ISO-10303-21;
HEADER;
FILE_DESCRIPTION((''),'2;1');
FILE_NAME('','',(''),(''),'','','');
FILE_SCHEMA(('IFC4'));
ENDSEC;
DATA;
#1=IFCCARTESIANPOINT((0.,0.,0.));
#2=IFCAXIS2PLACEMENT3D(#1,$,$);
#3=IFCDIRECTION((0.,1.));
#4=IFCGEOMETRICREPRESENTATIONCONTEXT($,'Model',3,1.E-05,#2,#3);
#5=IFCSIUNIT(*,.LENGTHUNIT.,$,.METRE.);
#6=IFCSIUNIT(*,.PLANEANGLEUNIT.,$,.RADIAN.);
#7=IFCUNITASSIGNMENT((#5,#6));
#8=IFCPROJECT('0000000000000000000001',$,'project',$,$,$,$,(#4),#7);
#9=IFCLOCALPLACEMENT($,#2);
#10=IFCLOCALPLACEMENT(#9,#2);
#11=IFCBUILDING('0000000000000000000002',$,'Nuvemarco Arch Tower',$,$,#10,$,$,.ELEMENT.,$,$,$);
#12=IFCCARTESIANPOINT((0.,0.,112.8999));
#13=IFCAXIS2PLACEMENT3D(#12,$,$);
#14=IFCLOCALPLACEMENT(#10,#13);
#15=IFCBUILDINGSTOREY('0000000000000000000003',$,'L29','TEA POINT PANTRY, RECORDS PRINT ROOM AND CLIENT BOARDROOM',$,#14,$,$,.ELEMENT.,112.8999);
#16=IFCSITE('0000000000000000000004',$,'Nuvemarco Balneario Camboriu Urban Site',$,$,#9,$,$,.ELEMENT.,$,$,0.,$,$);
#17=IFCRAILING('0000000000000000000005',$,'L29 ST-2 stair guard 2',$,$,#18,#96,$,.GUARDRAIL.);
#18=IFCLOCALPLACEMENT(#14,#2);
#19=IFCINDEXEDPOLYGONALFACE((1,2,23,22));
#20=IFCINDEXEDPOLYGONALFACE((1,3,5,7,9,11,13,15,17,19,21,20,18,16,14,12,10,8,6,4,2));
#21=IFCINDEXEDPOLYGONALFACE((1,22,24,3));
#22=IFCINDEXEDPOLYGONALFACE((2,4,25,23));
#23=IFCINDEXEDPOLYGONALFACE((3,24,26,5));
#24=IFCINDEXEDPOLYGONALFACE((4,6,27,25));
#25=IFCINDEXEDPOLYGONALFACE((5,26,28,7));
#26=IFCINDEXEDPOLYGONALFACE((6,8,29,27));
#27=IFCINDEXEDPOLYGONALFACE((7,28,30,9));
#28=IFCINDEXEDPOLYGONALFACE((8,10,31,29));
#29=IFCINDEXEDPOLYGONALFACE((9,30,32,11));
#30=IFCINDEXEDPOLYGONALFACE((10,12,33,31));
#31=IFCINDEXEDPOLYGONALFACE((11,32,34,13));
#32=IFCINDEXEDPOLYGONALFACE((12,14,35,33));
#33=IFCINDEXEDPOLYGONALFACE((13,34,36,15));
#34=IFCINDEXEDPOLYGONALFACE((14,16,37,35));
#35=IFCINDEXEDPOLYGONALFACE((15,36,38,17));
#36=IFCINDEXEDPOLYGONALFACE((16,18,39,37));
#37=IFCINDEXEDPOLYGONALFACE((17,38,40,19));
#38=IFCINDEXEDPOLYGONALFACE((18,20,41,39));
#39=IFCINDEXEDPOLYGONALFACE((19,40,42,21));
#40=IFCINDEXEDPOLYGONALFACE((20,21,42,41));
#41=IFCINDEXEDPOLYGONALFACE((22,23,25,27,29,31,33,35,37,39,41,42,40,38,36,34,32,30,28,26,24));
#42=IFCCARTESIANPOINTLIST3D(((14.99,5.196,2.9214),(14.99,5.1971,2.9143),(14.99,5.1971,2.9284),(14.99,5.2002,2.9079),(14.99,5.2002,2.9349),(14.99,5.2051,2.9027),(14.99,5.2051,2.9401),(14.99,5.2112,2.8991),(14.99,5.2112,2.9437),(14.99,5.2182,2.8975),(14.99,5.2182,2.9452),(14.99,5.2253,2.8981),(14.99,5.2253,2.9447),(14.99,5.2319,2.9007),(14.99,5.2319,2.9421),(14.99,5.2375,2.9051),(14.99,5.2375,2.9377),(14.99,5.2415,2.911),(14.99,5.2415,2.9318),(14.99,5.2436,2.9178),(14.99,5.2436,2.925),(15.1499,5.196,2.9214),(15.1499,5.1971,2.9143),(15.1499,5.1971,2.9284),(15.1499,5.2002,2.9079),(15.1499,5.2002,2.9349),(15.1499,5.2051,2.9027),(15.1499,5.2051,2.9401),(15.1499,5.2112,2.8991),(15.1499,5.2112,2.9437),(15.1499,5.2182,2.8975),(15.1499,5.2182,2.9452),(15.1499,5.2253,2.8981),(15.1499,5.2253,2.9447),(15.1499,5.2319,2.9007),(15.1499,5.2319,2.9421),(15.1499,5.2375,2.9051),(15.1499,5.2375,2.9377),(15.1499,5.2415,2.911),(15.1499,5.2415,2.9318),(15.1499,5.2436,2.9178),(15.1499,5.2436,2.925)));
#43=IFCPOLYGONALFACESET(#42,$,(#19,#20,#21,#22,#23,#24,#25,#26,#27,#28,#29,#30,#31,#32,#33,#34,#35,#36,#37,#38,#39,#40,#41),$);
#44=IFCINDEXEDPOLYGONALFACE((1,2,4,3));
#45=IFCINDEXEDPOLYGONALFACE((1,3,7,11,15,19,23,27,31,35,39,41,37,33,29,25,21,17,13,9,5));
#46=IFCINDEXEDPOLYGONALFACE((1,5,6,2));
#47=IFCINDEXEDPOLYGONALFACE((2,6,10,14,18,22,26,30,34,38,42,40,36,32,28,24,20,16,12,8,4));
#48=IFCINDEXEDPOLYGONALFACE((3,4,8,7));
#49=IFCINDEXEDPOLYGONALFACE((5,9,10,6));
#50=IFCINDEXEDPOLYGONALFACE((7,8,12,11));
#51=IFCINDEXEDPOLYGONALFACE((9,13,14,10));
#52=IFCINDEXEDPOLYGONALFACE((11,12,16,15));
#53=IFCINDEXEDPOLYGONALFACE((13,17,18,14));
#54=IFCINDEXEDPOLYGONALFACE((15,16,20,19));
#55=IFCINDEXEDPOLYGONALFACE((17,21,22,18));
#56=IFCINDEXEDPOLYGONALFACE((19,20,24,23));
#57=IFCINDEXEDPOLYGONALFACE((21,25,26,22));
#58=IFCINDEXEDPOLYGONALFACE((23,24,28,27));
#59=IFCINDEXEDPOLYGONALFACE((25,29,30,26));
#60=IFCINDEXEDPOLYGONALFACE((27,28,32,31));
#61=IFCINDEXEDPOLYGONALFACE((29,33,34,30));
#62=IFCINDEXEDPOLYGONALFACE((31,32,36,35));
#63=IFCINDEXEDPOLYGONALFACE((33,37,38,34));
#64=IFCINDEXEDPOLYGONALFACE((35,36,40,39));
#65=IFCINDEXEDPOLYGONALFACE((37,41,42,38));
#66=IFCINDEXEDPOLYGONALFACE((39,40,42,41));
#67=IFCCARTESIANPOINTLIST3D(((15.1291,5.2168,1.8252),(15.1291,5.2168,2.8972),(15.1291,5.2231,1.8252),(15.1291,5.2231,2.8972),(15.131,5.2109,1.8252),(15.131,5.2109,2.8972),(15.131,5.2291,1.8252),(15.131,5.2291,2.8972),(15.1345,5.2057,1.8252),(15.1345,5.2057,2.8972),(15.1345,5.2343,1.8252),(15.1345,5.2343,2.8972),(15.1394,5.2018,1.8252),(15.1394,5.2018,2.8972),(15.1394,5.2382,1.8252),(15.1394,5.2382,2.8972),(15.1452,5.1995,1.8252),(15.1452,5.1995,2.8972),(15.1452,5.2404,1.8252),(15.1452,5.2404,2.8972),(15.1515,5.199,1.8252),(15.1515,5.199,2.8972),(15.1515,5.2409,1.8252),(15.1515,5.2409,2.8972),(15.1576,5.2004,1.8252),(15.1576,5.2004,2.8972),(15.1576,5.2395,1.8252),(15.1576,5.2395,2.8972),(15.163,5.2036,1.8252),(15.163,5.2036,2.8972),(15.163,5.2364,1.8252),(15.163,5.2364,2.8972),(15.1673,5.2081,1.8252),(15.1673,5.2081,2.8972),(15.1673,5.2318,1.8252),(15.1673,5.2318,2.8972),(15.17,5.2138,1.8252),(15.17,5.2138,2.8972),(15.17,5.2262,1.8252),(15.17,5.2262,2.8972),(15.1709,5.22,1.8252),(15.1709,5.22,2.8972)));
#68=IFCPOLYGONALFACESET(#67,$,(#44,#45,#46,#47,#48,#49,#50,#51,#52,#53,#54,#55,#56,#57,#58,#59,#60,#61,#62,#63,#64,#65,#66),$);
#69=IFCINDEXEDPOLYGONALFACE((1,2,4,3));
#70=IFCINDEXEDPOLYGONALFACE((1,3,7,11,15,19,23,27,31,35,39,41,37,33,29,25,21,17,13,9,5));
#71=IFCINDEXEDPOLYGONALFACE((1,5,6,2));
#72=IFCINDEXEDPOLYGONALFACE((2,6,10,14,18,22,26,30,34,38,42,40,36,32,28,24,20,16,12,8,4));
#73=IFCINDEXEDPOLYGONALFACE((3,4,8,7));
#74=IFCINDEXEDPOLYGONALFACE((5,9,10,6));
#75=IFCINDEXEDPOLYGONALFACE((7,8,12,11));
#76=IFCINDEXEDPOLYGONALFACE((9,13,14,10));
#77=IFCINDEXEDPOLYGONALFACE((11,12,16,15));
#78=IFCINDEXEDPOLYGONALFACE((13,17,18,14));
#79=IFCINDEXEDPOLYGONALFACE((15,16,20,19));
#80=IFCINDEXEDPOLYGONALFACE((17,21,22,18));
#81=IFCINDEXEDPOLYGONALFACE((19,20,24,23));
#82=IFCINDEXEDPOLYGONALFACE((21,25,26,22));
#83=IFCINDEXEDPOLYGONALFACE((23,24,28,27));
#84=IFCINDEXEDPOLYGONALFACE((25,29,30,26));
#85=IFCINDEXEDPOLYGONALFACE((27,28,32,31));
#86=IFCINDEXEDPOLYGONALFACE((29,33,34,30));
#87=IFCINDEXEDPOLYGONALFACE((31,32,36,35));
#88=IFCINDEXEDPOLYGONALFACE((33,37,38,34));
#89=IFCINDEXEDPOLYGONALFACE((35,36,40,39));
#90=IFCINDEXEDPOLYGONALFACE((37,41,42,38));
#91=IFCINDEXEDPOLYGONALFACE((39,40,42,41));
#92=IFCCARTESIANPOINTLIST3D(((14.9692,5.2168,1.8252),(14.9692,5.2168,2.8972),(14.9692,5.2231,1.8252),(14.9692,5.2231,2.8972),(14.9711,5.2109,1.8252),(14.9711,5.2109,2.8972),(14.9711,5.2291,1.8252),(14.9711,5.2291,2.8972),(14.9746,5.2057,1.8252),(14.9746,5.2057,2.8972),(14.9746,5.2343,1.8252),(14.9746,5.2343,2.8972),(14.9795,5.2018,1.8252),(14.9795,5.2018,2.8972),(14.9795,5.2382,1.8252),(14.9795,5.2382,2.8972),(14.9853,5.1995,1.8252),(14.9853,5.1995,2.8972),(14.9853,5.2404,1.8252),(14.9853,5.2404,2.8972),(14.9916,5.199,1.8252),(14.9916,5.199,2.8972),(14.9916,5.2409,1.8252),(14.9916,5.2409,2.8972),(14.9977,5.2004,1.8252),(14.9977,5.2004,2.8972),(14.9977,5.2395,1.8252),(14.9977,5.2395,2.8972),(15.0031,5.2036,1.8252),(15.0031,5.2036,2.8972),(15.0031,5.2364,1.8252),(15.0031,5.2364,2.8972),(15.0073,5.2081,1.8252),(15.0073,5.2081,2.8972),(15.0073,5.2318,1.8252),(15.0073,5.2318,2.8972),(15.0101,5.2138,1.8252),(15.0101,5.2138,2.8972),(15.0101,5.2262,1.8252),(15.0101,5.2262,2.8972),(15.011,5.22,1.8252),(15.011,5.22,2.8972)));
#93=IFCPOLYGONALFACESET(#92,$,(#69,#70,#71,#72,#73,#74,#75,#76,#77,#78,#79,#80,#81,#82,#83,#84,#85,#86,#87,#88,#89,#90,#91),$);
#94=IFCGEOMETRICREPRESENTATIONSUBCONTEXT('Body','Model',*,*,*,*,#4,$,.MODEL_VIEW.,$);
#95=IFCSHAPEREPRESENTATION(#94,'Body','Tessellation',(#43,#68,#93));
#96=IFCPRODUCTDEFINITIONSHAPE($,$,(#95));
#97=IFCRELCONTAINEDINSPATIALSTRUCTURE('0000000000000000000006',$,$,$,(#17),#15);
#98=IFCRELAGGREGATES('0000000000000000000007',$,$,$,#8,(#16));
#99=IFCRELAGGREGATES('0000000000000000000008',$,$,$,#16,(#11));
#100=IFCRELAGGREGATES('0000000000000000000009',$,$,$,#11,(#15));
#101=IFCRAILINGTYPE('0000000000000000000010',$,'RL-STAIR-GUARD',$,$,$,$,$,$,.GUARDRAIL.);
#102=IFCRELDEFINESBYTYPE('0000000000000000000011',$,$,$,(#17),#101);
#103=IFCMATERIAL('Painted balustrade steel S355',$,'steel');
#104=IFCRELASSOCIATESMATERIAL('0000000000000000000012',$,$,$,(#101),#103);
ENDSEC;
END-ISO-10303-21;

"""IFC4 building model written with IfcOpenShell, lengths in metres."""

from ifc_helpers import new_model, si_unit, direction, frame, origin, origin_2d, place, context, subcontext, project, spatial, circle, extrude, material, type_object, element, save


model = new_model("IFC4")

# Units and contexts
model_context = context("Model", 3, precision=1e-05, world=origin(), true_north=direction((0.0, 1.0)))
body_context = subcontext(model_context, "Body", "Model", "MODEL_VIEW")
ifc_project = project(units=[si_unit("LENGTHUNIT", "METRE"), si_unit("PLANEANGLEUNIT", "RADIAN")], contexts=[model_context])

# Site, building, storey
site_placement = place(None, origin())
site = spatial("IfcSite", under=ifc_project, at=site_placement, Name="Nuvemarco Balneario Camboriu Urban Site", CompositionType="ELEMENT", RefElevation=0.0)
building_placement = place(site_placement, origin())
building = spatial("IfcBuilding", under=site, at=building_placement, Name="Nuvemarco Arch Tower", CompositionType="ELEMENT")
storey_placement = place(building_placement, frame((0.0, 0.0, 112.8999)))
storey = spatial("IfcBuildingStorey", under=building, at=storey_placement, Name="L29", Description="TEA POINT PANTRY, RECORDS PRINT ROOM AND CLIENT BOARDROOM", CompositionType="ELEMENT", Elevation=112.8999)

# Railing
ifc_material_1 = material(Name="Painted balustrade steel S355", Category="steel")
railing_type_1 = type_object("IfcRailingType", Name="RL-STAIR-GUARD", PredefinedType="GUARDRAIL", material=ifc_material_1)
railing_1_placement = place(storey_placement, frame((15.1499, 5.22, 1.8252)))
element("IfcRailing", 1, at=railing_1_placement, inside=storey, type_object=railing_type_1, Name="L29 ST-2 stair guard 2", PredefinedType="GUARDRAIL", context=body_context, shape_type="SweptSolid", body=[
    extrude(circle(Radius=0.0239, at=origin_2d()), frame((0.0, 0.0, 1.0962), z_axis=(-1.0, 0.0, 0.0), x_axis=(0.0, -1.0, 0.0)), (0.0, 0.0, 1.0), 0.1599),
    extrude(circle(Radius=0.021, at=origin_2d()), origin(), (0.0, 0.0, 1.0), 1.072),
    extrude(circle(Radius=0.021, at=origin_2d()), frame((-0.1599, 0.0, 0.0)), (0.0, 0.0, 1.0), 1.072),
])

save(model, "model.ifc")
